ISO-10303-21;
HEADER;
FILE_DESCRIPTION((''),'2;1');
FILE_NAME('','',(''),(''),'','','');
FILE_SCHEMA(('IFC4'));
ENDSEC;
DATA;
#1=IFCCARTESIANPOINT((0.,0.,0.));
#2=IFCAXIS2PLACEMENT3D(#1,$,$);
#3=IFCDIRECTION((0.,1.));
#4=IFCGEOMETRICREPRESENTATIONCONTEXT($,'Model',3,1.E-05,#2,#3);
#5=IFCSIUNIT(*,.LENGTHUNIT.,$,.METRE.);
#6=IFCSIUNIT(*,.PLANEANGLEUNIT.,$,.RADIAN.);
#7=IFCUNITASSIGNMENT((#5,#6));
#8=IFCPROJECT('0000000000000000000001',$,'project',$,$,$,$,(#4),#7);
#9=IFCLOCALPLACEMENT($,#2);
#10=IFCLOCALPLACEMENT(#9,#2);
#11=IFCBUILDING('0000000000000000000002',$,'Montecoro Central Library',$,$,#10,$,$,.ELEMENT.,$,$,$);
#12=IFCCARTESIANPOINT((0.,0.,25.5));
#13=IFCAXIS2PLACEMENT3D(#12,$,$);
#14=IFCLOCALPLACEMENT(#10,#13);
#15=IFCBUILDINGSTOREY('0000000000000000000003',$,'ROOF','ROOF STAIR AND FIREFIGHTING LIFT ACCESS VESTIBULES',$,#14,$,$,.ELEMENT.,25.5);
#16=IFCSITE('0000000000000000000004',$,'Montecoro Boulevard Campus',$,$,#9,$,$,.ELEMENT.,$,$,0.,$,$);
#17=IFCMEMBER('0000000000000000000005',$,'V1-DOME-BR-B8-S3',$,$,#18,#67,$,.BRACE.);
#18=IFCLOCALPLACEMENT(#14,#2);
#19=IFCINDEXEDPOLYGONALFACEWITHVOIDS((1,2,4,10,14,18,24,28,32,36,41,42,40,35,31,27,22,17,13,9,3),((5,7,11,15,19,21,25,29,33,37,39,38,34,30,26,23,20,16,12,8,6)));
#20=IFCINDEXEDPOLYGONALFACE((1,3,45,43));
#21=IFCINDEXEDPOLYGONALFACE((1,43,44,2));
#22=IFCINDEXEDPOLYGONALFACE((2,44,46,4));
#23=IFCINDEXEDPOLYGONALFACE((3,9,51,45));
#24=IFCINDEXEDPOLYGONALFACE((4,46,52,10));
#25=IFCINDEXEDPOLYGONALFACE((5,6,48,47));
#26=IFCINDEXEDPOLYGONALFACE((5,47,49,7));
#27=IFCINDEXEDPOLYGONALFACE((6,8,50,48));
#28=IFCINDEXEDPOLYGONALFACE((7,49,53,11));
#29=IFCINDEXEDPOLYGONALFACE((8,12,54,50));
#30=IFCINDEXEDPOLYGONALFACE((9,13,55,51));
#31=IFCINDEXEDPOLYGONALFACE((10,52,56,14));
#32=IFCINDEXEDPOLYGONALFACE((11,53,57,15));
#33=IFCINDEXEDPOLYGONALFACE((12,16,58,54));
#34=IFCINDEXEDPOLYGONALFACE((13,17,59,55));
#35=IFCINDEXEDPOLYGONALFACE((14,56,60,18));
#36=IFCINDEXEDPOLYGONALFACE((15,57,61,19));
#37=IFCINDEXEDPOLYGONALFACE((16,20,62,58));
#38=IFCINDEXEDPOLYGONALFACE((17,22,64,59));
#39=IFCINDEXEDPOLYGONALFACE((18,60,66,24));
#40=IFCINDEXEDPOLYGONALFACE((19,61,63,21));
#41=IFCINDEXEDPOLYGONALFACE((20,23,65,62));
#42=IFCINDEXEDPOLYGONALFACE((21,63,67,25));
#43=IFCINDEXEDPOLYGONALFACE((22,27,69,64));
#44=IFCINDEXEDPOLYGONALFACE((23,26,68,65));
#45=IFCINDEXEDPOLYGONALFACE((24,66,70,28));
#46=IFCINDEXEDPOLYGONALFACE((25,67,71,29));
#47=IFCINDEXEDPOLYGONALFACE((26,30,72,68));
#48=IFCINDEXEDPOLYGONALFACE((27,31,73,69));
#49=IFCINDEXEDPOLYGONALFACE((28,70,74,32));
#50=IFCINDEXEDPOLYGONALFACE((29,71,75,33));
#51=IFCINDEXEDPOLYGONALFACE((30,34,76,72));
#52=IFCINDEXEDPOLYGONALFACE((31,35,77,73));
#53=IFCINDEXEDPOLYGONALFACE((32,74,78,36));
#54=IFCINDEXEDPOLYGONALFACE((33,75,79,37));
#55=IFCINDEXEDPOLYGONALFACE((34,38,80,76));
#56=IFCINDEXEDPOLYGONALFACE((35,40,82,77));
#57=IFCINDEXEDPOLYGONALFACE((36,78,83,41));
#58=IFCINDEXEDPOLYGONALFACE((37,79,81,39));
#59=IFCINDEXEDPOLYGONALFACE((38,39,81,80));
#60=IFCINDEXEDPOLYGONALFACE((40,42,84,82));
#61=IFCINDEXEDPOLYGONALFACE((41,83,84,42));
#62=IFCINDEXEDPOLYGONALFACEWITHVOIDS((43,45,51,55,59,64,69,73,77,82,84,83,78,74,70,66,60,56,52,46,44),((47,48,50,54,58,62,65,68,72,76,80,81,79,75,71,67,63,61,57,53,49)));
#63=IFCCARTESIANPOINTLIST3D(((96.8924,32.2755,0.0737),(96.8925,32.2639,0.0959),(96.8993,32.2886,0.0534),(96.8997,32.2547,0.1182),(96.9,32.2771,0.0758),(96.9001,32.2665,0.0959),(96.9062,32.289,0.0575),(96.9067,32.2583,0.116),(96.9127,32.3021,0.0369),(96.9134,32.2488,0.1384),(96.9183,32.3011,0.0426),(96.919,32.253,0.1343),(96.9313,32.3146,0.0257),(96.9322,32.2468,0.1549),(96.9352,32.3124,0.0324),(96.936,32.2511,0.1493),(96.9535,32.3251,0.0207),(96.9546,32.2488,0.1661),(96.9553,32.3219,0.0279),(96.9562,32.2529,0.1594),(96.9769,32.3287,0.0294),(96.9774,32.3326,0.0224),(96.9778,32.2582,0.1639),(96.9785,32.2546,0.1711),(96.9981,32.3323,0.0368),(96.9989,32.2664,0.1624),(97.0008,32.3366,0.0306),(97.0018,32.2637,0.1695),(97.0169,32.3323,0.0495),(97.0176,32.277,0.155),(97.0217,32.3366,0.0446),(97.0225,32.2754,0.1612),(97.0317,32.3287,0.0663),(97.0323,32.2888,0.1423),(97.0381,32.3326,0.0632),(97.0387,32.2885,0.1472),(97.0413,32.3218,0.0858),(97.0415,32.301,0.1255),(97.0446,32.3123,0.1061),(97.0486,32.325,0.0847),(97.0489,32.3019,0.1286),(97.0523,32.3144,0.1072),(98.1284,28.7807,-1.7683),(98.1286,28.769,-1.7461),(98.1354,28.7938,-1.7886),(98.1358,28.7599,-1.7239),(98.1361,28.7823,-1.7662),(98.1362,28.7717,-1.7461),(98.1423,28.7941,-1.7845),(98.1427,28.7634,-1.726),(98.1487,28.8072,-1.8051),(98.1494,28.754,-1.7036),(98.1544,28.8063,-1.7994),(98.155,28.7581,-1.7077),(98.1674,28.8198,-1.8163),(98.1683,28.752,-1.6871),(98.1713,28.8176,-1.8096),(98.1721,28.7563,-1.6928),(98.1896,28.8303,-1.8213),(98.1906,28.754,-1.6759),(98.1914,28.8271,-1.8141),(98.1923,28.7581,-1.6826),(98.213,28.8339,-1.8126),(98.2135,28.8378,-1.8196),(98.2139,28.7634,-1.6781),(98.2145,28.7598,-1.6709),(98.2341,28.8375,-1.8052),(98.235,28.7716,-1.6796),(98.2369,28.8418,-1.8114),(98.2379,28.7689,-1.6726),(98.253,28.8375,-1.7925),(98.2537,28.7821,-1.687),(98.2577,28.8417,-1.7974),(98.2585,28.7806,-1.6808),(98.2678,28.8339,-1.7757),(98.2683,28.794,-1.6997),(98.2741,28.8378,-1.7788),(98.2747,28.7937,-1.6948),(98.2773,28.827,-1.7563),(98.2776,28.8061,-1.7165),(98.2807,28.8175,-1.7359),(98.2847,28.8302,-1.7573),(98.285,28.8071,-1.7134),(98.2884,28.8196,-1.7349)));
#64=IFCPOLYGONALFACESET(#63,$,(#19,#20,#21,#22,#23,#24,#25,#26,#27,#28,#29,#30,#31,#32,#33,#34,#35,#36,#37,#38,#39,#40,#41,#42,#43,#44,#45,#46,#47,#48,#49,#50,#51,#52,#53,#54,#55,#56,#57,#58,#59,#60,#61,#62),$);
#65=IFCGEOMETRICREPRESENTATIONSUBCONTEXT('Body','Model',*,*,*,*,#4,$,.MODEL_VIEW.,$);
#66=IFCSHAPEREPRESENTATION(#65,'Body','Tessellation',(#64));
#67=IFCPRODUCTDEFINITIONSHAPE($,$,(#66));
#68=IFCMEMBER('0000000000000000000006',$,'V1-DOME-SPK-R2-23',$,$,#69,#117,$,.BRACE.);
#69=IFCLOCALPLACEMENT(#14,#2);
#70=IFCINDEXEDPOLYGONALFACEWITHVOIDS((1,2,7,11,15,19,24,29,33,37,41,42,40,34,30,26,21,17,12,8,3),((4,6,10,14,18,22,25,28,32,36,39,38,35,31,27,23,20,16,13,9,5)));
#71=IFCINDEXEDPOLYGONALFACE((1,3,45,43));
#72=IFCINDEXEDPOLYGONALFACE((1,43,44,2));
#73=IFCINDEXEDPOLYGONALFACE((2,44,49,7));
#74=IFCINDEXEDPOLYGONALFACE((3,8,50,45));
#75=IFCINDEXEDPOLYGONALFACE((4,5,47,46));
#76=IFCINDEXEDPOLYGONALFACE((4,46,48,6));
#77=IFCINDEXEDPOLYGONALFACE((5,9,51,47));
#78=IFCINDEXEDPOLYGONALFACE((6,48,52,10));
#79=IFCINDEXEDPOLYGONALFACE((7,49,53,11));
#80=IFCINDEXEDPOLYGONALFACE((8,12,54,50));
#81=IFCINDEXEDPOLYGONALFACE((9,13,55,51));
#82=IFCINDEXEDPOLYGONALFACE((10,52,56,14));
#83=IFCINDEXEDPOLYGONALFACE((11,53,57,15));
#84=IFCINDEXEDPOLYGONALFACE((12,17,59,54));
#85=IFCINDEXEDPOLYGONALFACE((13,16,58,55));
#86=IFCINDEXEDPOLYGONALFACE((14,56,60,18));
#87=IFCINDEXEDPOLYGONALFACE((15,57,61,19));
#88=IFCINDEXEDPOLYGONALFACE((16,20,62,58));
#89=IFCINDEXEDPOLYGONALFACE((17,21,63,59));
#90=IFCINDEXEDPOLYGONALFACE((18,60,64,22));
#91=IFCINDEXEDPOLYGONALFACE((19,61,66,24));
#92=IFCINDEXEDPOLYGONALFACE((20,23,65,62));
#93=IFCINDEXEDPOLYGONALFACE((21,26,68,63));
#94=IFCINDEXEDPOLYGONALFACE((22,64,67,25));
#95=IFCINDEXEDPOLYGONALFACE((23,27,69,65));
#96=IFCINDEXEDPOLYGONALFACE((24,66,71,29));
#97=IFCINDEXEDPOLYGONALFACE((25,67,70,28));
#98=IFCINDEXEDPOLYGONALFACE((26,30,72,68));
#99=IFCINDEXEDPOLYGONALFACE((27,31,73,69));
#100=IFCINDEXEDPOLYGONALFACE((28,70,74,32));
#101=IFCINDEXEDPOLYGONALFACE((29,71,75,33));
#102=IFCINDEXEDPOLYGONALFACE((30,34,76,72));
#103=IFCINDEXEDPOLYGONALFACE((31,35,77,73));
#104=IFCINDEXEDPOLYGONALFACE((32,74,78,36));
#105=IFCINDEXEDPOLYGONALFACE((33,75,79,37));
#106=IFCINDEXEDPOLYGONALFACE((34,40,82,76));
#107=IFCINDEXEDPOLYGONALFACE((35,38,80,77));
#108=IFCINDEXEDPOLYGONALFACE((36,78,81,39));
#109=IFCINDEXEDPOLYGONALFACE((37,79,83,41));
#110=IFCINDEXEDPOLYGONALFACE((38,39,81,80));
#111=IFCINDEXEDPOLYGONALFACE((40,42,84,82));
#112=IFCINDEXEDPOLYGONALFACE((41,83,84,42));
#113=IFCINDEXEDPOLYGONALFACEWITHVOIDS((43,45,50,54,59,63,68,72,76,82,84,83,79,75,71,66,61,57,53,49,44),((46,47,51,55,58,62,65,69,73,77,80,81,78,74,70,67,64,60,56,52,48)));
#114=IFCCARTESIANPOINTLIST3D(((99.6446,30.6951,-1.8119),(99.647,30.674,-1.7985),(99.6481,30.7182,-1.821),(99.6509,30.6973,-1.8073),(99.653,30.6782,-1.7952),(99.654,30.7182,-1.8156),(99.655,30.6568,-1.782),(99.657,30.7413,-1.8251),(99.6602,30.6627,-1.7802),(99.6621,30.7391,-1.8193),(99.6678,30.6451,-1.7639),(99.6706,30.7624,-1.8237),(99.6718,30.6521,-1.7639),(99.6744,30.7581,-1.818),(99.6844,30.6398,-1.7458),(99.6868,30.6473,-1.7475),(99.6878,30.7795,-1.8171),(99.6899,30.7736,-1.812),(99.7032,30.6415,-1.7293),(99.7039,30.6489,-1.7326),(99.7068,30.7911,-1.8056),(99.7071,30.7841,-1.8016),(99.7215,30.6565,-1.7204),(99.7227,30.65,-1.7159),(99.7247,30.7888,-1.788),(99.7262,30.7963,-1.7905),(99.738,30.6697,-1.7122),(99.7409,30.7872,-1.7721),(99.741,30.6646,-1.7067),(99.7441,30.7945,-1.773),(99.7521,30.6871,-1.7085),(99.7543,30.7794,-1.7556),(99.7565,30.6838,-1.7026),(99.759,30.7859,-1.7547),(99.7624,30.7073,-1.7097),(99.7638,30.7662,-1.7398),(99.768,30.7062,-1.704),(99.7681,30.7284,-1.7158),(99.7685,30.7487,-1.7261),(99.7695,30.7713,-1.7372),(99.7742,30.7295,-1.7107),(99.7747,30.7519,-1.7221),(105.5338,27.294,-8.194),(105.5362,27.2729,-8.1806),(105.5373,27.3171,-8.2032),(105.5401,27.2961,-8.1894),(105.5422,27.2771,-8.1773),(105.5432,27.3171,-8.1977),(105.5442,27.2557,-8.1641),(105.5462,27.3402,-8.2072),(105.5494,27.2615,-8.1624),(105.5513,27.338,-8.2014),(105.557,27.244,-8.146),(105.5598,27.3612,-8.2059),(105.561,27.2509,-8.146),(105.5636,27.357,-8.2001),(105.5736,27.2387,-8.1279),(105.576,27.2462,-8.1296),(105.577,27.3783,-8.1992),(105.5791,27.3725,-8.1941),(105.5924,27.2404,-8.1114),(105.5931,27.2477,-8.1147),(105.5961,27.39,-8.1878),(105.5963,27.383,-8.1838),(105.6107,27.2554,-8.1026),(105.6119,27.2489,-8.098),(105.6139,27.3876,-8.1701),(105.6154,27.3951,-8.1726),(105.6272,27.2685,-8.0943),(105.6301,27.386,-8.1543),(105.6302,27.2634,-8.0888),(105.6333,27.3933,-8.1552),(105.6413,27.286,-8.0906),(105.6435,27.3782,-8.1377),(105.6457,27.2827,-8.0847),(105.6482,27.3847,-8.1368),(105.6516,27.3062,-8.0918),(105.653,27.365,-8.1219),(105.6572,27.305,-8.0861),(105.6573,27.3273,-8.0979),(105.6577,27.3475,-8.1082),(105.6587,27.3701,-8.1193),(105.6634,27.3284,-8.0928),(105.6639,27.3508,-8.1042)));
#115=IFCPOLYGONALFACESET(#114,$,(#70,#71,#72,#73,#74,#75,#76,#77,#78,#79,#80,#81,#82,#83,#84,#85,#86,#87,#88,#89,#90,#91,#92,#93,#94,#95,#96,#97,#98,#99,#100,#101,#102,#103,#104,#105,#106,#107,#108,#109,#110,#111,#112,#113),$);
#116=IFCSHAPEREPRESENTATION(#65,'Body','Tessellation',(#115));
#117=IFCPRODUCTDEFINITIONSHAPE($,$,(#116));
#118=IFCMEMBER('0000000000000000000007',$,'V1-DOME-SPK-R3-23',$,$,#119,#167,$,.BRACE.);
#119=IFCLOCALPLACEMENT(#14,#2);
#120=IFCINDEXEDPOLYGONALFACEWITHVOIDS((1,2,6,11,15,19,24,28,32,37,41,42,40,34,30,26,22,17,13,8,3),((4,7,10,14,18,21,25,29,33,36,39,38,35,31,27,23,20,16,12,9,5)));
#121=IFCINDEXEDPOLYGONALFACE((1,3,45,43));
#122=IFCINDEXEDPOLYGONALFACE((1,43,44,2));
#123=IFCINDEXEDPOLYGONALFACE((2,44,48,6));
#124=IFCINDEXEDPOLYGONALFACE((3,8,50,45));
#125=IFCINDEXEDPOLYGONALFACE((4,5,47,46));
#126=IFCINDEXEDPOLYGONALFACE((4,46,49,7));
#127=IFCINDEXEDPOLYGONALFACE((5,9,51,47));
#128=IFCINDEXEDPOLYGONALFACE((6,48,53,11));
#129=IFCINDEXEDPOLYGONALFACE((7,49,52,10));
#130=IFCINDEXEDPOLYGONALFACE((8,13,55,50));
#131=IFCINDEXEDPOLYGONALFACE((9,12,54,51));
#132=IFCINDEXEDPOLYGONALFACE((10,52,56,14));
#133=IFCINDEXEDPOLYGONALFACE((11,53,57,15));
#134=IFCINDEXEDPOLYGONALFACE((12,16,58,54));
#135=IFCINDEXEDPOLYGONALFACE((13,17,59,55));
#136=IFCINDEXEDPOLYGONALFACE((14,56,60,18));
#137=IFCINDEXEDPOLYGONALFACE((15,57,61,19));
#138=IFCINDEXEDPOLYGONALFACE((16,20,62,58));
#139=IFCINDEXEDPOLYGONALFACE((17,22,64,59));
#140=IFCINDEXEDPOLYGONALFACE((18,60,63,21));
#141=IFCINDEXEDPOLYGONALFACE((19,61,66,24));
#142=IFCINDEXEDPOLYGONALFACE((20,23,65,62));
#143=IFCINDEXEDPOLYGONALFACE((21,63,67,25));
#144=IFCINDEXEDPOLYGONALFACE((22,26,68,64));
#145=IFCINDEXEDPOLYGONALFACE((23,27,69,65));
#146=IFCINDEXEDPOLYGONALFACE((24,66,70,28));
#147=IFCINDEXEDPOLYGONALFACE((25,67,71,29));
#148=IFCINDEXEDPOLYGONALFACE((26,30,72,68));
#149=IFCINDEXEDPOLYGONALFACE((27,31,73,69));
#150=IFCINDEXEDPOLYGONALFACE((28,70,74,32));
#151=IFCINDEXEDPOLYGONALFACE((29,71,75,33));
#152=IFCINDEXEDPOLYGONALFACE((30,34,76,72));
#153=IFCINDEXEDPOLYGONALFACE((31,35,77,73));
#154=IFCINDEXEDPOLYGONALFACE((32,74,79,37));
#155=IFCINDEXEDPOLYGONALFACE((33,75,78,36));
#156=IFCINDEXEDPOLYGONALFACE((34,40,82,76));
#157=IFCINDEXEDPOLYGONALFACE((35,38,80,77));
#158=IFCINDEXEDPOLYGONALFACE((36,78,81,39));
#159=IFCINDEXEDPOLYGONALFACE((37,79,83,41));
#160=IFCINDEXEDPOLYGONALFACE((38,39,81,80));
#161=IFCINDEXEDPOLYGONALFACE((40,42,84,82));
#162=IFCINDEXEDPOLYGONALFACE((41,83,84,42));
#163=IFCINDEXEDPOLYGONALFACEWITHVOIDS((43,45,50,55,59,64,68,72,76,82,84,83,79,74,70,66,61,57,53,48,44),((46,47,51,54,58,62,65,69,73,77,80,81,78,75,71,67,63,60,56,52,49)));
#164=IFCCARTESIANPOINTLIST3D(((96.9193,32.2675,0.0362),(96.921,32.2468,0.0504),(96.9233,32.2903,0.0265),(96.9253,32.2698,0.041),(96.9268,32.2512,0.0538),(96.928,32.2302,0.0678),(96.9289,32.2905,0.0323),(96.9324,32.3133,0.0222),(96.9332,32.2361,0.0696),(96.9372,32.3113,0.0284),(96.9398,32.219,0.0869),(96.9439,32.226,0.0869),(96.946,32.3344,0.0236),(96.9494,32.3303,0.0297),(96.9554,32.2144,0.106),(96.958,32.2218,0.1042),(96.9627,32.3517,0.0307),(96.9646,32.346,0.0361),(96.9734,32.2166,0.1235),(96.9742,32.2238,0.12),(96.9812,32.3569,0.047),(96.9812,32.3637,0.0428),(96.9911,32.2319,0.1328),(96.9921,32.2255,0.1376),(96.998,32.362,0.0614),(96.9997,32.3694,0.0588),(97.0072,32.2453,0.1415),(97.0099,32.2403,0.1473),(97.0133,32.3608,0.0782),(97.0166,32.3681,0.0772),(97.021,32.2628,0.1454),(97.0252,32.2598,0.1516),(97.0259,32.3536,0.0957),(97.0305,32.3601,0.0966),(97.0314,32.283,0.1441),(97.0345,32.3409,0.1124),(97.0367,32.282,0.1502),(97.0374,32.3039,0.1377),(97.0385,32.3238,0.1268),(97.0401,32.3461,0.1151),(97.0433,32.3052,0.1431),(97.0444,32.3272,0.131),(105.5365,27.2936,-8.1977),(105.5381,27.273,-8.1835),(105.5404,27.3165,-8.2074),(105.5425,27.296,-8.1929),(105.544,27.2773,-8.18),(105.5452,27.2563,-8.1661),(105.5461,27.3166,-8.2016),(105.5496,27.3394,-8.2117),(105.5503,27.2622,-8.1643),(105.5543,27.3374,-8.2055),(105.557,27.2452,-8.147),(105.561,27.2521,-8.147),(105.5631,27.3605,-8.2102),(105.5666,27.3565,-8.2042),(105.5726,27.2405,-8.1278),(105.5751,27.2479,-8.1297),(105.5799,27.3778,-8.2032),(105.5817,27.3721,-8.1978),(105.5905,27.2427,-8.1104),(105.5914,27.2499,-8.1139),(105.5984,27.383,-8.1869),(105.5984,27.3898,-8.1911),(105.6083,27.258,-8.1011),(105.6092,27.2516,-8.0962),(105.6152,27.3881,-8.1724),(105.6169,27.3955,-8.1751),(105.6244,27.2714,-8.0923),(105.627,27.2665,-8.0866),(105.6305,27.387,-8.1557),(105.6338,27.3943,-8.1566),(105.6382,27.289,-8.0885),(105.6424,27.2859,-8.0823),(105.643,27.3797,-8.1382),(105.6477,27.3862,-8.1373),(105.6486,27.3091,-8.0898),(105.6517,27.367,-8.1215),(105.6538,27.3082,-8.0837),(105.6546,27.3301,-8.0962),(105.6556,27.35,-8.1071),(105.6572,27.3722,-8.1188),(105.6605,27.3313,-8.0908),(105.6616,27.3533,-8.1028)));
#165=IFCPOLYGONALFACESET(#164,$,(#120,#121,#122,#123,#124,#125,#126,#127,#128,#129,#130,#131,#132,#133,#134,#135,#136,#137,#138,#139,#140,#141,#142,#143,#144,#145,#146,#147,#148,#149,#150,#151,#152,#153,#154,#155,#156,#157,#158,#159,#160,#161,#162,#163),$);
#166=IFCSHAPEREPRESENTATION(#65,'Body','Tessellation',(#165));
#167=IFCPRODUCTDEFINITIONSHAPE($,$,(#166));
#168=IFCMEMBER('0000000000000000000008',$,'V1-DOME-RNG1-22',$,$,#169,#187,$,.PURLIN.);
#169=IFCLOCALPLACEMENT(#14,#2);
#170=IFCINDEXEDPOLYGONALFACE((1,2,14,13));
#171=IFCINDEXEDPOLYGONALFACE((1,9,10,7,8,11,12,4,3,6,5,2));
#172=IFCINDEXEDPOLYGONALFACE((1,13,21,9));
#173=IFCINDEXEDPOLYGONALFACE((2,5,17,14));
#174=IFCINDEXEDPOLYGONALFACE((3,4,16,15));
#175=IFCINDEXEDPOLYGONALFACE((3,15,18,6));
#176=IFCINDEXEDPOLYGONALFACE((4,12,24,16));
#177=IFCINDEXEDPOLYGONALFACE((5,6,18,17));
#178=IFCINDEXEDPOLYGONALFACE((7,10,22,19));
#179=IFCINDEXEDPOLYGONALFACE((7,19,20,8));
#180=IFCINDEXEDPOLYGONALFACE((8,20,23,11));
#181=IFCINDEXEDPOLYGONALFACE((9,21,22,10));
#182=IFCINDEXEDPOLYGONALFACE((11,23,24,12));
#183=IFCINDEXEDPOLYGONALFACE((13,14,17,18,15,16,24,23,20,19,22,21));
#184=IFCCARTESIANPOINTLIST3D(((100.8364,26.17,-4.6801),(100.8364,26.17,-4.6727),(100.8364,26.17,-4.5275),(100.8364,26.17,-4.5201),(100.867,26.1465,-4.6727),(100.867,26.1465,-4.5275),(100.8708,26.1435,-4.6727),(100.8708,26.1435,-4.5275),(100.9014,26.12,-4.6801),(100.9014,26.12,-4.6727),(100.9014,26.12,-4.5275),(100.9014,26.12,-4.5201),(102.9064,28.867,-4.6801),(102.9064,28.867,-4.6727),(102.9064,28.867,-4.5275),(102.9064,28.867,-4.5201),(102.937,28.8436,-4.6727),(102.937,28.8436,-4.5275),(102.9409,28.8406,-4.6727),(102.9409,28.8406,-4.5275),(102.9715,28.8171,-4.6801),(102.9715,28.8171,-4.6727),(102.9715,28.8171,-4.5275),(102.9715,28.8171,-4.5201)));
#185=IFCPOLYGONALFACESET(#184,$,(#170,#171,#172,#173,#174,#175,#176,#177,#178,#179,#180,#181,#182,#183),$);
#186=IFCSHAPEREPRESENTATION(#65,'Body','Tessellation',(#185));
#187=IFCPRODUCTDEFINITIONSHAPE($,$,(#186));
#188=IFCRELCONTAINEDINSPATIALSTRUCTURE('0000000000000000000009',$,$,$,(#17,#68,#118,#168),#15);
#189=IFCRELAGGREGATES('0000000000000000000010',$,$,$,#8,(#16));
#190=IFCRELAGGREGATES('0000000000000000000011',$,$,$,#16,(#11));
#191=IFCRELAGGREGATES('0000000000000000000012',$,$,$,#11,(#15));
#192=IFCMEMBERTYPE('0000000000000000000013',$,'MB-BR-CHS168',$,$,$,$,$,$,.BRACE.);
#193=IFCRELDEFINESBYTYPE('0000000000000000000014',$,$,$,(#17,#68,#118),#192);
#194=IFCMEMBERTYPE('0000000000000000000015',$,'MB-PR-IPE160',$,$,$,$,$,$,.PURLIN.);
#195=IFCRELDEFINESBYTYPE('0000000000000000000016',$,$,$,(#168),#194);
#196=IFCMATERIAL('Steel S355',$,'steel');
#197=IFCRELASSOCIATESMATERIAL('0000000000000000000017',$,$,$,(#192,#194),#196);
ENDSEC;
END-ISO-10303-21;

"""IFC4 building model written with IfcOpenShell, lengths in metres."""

from ifc_helpers import new_model, si_unit, direction, frame, origin, origin_2d, place, context, subcontext, project, spatial, hollow_circle, i_section, extrude, material, material_profile, profile_set, type_object, element, save


model = new_model("IFC4")

# Units and contexts
model_context = context("Model", 3, precision=1e-05, world=origin(), true_north=direction((0.0, 1.0)))
body_context = subcontext(model_context, "Body", "Model", "MODEL_VIEW")
ifc_project = project(units=[si_unit("LENGTHUNIT", "METRE"), si_unit("PLANEANGLEUNIT", "RADIAN")], contexts=[model_context])

# Site, building, storey
site_placement = place(None, origin())
site = spatial("IfcSite", under=ifc_project, at=site_placement, Name="Montecoro Boulevard Campus", CompositionType="ELEMENT", RefElevation=0.0)
building_placement = place(site_placement, origin())
building = spatial("IfcBuilding", under=site, at=building_placement, Name="Montecoro Central Library", CompositionType="ELEMENT")
storey_placement = place(building_placement, frame((0.0, 0.0, 25.5)))
storey = spatial("IfcBuildingStorey", under=building, at=storey_placement, Name="ROOF", Description="ROOF STAIR AND FIREFIGHTING LIFT ACCESS VESTIBULES", CompositionType="ELEMENT", Elevation=25.5)

# Members
ifc_material_1 = material(Name="Steel S355", Category="steel")
ifc_material_profile_1 = material_profile(ifc_material_1, hollow_circle(Radius=0.0842, WallThickness=0.0081, at=origin_2d()), Name="CHS 168.3x8.0")
ifc_profile_set_1 = profile_set([ifc_material_profile_1], Name="Steel S355")
member_type_1 = type_object("IfcMemberType", Name="MB-BR-CHS168", PredefinedType="BRACE", material=ifc_profile_set_1)
member_1_placement = place(storey_placement, frame((98.208, 28.7971, -1.7461), z_axis=(-0.29861, 0.844282, 0.444995), x_axis=(-0.94277, -0.333444, 0.0)))
element("IfcMember", 1, at=member_1_placement, inside=storey, type_object=member_type_1, Name="V1-DOME-BR-B8-S3", PredefinedType="BRACE", context=body_context, shape_type="SweptSolid", body=[
    extrude(hollow_circle(Radius=0.0842, WallThickness=0.0081, at=origin_2d()), origin(), (0.0, 0.0, 1.0), 4.1394),
])
member_2_placement = place(storey_placement, frame((105.5991, 27.3169, -8.146), z_axis=(-0.631454, 0.364679, 0.684306), x_axis=(-0.500112, -0.865961, 0.0)))
element("IfcMember", 2, at=member_2_placement, inside=storey, type_object=member_type_1, Name="V1-DOME-SPK-R2-23", PredefinedType="BRACE", context=body_context, shape_type="SweptSolid", body=[
    extrude(hollow_circle(Radius=0.0842, WallThickness=0.0081, at=origin_2d()), origin(), (0.0, 0.0, 1.0), 9.3264),
])
member_3_placement = place(storey_placement, frame((105.5991, 27.3181, -8.147), z_axis=(-0.667233, 0.38513, 0.637554), x_axis=(-0.499905, -0.86608, 0.0)))
element("IfcMember", 3, at=member_3_placement, inside=storey, type_object=member_type_1, Name="V1-DOME-SPK-R3-23", PredefinedType="BRACE", context=body_context, shape_type="SweptSolid", body=[
    extrude(hollow_circle(Radius=0.0842, WallThickness=0.0081, at=origin_2d()), origin(), (0.0, 0.0, 1.0), 12.9148),
])
ifc_material_profile_2 = material_profile(ifc_material_1, i_section(OverallWidth=0.082, OverallDepth=0.1599, WebThickness=0.0049, FlangeThickness=0.0073, at=origin_2d()), Name="IPE 160")
ifc_profile_set_2 = profile_set([ifc_material_profile_2], Name="Steel S355")
member_type_2 = type_object("IfcMemberType", Name="MB-PR-IPE160", PredefinedType="PURLIN", material=ifc_profile_set_2)
for number, where, z_axis, x_axis, name in (
    (4, (100.8689, 26.145, -4.6001), (0.608867, 0.793272, 0.0), (-0.793272, 0.608867, 0.0), "V1-DOME-RNG1-22"),
):
    element("IfcMember", number, at=place(storey_placement, frame(where, z_axis=z_axis, x_axis=x_axis)), inside=storey, type_object=member_type_2, Name=name, PredefinedType="PURLIN", context=body_context, shape_type="SweptSolid", body=[
        extrude(i_section(OverallWidth=0.082, OverallDepth=0.1599, WebThickness=0.0049, FlangeThickness=0.0073, at=origin_2d()), origin(), (0.0, 0.0, 1.0), 3.3999),
    ])

save(model, "model.ifc")
